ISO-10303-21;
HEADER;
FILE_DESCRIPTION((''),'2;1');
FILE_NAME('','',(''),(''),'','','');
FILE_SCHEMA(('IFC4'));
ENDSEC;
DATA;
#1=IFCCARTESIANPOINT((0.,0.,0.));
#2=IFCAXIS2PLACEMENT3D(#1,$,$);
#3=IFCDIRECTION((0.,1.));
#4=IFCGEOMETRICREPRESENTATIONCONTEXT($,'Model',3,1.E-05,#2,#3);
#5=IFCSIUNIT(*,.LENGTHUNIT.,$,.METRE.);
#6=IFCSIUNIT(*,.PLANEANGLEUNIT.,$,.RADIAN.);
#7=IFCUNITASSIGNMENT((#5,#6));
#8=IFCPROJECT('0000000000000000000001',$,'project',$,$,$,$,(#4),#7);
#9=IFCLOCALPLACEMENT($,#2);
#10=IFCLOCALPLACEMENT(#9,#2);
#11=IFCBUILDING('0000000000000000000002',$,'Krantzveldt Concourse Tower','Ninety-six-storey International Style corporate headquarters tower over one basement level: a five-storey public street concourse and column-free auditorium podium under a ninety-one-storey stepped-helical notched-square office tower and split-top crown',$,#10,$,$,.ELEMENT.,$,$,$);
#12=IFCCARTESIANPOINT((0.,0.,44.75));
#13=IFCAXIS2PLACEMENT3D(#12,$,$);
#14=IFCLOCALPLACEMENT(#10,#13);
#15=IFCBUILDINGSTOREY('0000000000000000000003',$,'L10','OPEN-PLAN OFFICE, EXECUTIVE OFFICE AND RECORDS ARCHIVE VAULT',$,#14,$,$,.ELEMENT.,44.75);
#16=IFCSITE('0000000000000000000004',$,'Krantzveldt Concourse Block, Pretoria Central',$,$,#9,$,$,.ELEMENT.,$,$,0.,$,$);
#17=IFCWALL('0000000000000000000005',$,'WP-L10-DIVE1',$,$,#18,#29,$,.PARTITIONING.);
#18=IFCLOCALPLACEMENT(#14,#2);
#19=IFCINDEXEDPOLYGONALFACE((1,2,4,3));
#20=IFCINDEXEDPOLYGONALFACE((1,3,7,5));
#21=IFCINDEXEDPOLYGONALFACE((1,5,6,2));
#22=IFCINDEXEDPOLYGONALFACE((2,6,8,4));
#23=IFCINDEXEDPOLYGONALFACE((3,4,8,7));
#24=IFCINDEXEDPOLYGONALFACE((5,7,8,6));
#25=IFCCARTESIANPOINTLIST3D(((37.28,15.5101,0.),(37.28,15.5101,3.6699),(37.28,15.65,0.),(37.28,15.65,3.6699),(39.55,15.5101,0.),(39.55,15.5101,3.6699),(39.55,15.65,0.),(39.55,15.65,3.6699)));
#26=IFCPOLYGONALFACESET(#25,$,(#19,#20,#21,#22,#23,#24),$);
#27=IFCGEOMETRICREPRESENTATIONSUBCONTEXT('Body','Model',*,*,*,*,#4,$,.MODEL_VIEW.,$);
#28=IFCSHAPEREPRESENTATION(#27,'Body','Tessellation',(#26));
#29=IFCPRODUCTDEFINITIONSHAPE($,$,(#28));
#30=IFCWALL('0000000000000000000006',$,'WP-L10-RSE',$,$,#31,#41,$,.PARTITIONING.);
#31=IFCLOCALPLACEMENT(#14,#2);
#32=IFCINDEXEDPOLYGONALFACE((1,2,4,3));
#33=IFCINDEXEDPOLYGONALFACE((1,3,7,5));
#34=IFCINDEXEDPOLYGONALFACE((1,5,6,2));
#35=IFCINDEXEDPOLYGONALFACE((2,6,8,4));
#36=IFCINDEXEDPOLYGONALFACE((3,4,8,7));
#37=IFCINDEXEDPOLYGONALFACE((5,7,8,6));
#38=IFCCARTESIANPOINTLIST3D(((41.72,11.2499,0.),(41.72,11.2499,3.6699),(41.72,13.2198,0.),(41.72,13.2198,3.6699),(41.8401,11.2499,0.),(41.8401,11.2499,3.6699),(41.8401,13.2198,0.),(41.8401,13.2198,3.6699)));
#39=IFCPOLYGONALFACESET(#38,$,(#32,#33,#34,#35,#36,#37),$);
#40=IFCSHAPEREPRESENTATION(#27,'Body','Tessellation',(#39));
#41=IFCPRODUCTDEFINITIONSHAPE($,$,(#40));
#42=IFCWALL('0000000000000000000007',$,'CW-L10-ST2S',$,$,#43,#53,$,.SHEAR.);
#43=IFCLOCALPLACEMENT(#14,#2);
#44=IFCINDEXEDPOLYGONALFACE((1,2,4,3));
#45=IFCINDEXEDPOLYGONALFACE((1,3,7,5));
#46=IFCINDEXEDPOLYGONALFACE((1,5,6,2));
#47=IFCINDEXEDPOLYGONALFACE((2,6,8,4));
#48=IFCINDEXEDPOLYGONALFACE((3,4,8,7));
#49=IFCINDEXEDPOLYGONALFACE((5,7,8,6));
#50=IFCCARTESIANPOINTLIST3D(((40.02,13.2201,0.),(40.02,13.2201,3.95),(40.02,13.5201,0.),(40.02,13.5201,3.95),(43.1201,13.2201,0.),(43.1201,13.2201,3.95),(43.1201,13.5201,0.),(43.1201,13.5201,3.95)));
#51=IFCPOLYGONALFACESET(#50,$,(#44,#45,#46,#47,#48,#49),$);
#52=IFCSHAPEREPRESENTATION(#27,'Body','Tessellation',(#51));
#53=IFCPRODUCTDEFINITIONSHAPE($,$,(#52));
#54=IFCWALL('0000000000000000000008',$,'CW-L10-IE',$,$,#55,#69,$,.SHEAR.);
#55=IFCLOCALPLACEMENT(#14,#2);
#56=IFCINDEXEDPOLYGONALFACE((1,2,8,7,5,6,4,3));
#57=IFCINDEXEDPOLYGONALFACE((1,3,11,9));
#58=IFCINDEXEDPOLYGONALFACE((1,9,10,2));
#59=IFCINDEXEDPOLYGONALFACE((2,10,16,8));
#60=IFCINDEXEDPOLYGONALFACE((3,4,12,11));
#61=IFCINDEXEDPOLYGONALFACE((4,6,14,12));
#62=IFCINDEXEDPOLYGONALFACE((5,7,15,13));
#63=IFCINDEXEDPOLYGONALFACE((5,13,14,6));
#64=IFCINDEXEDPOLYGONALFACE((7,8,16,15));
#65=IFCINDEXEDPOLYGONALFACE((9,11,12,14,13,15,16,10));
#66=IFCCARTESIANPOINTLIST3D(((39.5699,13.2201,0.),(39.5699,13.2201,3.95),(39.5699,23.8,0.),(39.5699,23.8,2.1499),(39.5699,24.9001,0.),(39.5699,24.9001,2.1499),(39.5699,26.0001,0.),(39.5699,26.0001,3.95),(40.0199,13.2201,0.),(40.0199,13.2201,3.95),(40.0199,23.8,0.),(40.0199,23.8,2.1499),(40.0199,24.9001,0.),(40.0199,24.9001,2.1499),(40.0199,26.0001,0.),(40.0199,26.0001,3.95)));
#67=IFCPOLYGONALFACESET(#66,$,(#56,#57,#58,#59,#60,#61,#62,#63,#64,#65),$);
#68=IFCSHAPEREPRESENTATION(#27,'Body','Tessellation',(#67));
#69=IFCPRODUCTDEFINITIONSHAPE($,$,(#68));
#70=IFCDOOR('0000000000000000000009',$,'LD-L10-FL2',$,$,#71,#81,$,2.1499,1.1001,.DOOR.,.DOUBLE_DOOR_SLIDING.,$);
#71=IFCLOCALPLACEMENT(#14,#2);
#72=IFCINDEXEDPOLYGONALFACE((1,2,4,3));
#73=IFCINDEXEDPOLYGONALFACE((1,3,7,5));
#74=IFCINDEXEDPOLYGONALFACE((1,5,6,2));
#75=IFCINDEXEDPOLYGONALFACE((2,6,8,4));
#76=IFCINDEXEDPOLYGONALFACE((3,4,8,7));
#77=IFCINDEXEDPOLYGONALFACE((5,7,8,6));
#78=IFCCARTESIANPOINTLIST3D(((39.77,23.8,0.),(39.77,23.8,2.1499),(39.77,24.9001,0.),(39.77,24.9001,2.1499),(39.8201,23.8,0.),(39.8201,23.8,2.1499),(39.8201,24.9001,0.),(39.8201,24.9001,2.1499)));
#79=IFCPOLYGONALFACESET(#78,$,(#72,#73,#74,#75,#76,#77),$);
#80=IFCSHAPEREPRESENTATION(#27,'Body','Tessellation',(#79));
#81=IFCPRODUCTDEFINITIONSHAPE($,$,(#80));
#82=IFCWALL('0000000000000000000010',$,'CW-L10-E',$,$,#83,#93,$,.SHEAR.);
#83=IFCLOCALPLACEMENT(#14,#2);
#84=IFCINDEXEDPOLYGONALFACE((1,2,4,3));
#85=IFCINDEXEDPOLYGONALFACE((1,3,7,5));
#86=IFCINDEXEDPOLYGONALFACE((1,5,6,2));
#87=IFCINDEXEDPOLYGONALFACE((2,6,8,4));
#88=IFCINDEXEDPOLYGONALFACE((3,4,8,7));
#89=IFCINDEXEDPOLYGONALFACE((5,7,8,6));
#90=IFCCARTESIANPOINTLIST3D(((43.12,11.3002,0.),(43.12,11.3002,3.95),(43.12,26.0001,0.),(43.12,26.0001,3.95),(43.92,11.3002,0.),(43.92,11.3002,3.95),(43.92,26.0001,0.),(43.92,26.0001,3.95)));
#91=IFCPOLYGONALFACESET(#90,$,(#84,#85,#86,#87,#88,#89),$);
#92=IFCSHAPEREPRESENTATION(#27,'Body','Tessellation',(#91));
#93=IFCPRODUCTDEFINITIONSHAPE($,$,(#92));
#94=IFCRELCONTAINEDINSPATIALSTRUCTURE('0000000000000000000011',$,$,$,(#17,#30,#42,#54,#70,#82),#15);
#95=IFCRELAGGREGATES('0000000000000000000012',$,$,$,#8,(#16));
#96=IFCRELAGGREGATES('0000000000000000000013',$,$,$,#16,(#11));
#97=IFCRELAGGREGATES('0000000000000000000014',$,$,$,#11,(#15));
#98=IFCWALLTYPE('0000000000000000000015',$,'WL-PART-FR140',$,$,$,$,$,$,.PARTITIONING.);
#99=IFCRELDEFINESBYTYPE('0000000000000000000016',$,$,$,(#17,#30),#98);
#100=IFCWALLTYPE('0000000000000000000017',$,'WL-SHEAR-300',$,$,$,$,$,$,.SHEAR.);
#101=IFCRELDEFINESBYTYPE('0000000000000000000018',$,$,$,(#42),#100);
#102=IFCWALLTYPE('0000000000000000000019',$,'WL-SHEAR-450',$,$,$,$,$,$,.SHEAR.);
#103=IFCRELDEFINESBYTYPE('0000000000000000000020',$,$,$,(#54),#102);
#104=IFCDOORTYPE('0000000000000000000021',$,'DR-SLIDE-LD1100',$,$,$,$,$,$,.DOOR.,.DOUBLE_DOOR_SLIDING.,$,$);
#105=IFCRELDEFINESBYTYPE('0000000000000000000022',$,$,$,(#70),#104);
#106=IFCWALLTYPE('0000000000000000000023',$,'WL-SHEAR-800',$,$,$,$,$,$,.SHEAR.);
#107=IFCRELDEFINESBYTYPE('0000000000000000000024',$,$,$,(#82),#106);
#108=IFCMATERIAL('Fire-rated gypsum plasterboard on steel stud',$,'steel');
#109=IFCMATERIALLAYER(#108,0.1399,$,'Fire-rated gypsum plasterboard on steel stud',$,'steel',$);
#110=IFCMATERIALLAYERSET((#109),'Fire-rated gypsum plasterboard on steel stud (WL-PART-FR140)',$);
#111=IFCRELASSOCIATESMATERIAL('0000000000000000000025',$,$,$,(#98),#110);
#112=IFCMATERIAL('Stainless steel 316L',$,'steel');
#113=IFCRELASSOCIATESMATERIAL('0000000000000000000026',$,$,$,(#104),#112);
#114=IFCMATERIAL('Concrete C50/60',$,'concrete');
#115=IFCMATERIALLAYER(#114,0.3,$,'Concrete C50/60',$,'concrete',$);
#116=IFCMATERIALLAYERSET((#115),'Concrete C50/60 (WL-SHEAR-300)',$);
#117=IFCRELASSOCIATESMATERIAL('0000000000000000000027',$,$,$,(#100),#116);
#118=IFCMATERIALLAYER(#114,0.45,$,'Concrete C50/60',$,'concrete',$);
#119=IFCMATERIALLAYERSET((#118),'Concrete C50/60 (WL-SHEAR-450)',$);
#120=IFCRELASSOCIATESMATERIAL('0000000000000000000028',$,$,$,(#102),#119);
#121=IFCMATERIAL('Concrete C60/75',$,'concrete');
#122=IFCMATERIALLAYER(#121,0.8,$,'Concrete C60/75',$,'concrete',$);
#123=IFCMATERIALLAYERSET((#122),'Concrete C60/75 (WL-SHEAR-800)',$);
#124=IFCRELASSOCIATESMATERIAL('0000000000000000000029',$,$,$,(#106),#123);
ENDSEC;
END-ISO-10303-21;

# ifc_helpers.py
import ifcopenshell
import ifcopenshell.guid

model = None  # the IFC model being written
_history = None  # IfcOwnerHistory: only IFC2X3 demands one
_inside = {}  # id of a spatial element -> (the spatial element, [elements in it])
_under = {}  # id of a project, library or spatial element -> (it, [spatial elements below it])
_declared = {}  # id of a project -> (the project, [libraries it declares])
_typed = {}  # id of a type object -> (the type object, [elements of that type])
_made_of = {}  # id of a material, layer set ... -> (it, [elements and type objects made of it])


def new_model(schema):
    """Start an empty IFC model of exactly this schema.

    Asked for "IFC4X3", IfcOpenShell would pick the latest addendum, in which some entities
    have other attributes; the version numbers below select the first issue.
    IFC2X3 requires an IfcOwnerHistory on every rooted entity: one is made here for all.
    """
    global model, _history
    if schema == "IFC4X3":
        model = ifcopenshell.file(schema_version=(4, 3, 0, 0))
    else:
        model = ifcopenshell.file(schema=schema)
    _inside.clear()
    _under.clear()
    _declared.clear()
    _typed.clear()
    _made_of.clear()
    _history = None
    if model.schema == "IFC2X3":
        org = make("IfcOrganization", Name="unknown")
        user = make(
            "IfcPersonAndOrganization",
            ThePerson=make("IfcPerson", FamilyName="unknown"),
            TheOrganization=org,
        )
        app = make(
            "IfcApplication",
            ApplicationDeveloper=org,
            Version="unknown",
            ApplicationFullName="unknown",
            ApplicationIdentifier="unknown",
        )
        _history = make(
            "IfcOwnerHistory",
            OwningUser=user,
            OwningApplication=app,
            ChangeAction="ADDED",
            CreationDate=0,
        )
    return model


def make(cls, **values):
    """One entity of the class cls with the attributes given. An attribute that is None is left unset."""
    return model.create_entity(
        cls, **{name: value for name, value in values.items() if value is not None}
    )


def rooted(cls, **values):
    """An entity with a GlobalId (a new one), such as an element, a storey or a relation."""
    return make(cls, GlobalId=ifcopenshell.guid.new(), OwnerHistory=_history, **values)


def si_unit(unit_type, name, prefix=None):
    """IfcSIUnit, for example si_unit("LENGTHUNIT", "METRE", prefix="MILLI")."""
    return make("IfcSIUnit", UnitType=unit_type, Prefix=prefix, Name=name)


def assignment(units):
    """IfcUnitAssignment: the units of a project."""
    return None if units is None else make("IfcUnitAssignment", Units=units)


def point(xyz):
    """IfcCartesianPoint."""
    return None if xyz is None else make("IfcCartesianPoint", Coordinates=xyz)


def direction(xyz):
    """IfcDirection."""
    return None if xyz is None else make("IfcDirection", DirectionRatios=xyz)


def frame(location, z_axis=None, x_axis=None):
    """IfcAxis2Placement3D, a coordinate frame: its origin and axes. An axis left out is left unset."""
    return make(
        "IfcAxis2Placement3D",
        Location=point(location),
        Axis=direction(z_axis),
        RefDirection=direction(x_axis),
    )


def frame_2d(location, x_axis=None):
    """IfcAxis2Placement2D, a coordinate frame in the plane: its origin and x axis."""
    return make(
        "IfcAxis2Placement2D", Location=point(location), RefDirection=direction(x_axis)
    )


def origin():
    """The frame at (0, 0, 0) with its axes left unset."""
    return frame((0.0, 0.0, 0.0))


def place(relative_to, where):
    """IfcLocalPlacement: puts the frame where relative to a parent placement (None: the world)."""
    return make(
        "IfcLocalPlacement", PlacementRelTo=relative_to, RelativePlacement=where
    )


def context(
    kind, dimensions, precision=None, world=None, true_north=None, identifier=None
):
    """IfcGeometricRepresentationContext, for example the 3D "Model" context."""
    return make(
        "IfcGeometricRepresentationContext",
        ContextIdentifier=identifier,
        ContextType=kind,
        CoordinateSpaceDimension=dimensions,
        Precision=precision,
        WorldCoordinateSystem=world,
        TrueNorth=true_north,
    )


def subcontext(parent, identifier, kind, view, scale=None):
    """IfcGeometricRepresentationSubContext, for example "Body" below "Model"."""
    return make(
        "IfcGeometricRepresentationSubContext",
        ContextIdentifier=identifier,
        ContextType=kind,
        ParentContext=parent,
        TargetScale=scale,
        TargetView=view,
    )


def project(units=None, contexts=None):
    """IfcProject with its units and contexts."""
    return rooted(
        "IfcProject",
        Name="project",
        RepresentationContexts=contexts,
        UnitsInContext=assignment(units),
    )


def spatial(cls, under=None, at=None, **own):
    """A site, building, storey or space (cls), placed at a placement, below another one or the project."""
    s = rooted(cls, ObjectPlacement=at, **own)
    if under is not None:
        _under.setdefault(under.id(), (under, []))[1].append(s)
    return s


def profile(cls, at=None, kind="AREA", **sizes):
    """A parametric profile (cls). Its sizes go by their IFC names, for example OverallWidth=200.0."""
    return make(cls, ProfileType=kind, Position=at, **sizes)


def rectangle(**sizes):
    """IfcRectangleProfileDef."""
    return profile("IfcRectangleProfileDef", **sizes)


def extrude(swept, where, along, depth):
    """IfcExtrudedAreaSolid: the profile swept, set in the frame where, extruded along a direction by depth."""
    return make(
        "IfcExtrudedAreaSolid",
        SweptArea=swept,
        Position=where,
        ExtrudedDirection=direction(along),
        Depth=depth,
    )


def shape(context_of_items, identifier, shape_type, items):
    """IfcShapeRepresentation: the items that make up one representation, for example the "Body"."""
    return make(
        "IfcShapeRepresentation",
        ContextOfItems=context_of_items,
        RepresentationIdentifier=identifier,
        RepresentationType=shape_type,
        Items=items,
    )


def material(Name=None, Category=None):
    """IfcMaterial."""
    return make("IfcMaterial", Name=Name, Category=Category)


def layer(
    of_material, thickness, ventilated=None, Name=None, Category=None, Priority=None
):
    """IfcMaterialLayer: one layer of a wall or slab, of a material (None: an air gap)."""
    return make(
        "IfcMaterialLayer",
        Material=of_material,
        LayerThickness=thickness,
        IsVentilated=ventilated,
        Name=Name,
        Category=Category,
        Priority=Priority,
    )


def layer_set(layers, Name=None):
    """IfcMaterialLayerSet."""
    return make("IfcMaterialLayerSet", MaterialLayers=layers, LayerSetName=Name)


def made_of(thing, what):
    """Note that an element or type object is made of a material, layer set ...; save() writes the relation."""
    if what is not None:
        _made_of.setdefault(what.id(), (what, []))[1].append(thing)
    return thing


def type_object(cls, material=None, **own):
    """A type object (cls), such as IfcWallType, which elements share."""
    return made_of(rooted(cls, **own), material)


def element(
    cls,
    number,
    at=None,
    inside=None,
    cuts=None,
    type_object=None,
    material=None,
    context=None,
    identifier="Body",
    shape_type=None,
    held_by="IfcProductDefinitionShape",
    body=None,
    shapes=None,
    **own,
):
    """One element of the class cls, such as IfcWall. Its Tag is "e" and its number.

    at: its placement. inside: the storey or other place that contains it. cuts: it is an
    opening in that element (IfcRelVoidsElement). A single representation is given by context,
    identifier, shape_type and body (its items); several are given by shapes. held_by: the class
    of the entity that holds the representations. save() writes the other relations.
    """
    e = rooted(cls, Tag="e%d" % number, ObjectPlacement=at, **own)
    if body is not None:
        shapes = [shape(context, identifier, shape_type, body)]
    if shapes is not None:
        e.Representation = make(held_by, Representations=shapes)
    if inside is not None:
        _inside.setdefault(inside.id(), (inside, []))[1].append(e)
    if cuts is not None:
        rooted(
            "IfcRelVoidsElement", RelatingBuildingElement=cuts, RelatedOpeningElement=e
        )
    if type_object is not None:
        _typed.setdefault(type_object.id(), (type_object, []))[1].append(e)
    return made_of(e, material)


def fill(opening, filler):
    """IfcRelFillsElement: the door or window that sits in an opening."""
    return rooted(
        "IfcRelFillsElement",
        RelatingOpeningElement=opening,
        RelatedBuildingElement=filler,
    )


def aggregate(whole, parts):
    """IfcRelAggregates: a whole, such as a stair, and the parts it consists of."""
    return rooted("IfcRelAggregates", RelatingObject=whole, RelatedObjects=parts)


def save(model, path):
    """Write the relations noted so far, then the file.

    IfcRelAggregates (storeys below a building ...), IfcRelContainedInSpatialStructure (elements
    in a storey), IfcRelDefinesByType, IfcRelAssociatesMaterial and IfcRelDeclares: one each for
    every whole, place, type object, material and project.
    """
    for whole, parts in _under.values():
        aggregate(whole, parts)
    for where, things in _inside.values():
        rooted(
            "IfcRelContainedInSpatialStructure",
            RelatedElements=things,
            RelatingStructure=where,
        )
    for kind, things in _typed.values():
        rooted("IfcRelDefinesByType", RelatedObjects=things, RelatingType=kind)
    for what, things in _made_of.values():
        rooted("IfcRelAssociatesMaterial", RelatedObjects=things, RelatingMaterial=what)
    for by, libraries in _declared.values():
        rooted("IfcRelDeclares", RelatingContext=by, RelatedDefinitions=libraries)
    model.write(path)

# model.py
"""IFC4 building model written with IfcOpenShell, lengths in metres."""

from ifc_helpers import new_model, si_unit, direction, frame, frame_2d, origin, place, context, subcontext, project, spatial, rectangle, extrude, material, layer, layer_set, type_object, element, fill, save


model = new_model("IFC4")

# Units and contexts
model_context = context("Model", 3, precision=1e-05, world=origin(), true_north=direction((0.0, 1.0)))
body_context = subcontext(model_context, "Body", "Model", "MODEL_VIEW")
ifc_project = project(units=[si_unit("LENGTHUNIT", "METRE"), si_unit("PLANEANGLEUNIT", "RADIAN")], contexts=[model_context])

# Site, building, storey
site_placement = place(None, origin())
site = spatial("IfcSite", under=ifc_project, at=site_placement, Name="Krantzveldt Concourse Block, Pretoria Central", CompositionType="ELEMENT", RefElevation=0.0)
building_placement = place(site_placement, origin())
building = spatial("IfcBuilding", under=site, at=building_placement, Name="Krantzveldt Concourse Tower", Description="Ninety-six-storey International Style corporate headquarters tower over one basement level: a five-storey public street concourse and column-free auditorium podium under a ninety-one-storey stepped-helical notched-square office tower and split-top crown", CompositionType="ELEMENT")
storey_placement = place(building_placement, frame((0.0, 0.0, 44.75)))
storey = spatial("IfcBuildingStorey", under=building, at=storey_placement, Name="L10", Description="OPEN-PLAN OFFICE, EXECUTIVE OFFICE AND RECORDS ARCHIVE VAULT", CompositionType="ELEMENT", Elevation=44.75)

# Shared definitions
ifc_material_1 = material(Name="Fire-rated gypsum plasterboard on steel stud", Category="steel")

# Shared definitions
ifc_layer_1 = layer(ifc_material_1, 0.1399, Name="Fire-rated gypsum plasterboard on steel stud", Category="steel")
ifc_layer_set_1 = layer_set([ifc_layer_1], Name="Fire-rated gypsum plasterboard on steel stud (WL-PART-FR140)")
wall_type_1 = type_object("IfcWallType", Name="WL-PART-FR140", PredefinedType="PARTITIONING", material=ifc_layer_set_1)
ifc_material_2 = material(Name="Stainless steel 316L", Category="steel")
door_type_1 = type_object("IfcDoorType", Name="DR-SLIDE-LD1100", OperationType="DOUBLE_DOOR_SLIDING", PredefinedType="DOOR", material=ifc_material_2)

# Walls
wall_1_placement = place(storey_placement, frame((37.28, 15.5801, 0.0), z_axis=(0.0, 0.0, 1.0), x_axis=(1.0, 0.0, 0.0)))
element("IfcWall", 1, at=wall_1_placement, inside=storey, type_object=wall_type_1, Name="WP-L10-DIVE1", PredefinedType="PARTITIONING", context=body_context, shape_type="SweptSolid", body=[
    extrude(rectangle(XDim=2.27, YDim=0.1399, at=frame_2d((1.135, 0.0))), origin(), (0.0, 0.0, 1.0), 3.6699),
])
wall_2_placement = place(storey_placement, frame((41.78, 11.25, 0.0), z_axis=(0.0, 0.0, 1.0), x_axis=(0.0, 1.0, 0.0)))
element("IfcWall", 2, at=wall_2_placement, inside=storey, type_object=wall_type_1, Name="WP-L10-RSE", PredefinedType="PARTITIONING", context=body_context, shape_type="SweptSolid", body=[
    extrude(rectangle(XDim=1.97, YDim=0.1201, at=frame_2d((0.9849, 0.0))), origin(), (0.0, 0.0, 1.0), 3.6699),
])
ifc_material_3 = material(Name="Concrete C50/60", Category="concrete")
ifc_layer_2 = layer(ifc_material_3, 0.3, Name="Concrete C50/60", Category="concrete")
ifc_layer_set_2 = layer_set([ifc_layer_2], Name="Concrete C50/60 (WL-SHEAR-300)")
wall_type_2 = type_object("IfcWallType", Name="WL-SHEAR-300", PredefinedType="SHEAR", material=ifc_layer_set_2)
wall_3_placement = place(storey_placement, frame((40.02, 13.3701, 0.0), z_axis=(0.0, 0.0, 1.0), x_axis=(1.0, 0.0, 0.0)))
element("IfcWall", 3, at=wall_3_placement, inside=storey, type_object=wall_type_2, Name="CW-L10-ST2S", PredefinedType="SHEAR", context=body_context, shape_type="SweptSolid", body=[
    extrude(rectangle(XDim=3.1001, YDim=0.3, at=frame_2d((1.55, 0.0))), origin(), (0.0, 0.0, 1.0), 3.95),
])

# Wall, opening, door
ifc_layer_3 = layer(ifc_material_3, 0.45, Name="Concrete C50/60", Category="concrete")
ifc_layer_set_3 = layer_set([ifc_layer_3], Name="Concrete C50/60 (WL-SHEAR-450)")
wall_type_3 = type_object("IfcWallType", Name="WL-SHEAR-450", PredefinedType="SHEAR", material=ifc_layer_set_3)
wall_4_placement = place(storey_placement, frame((39.7949, 13.22, 0.0), z_axis=(0.0, 0.0, 1.0), x_axis=(0.0, 1.0, 0.0)))
wall_4 = element("IfcWall", 4, at=wall_4_placement, inside=storey, type_object=wall_type_3, Name="CW-L10-IE", PredefinedType="SHEAR", context=body_context, shape_type="SweptSolid", body=[
    extrude(rectangle(XDim=12.78, YDim=0.45, at=frame_2d((6.3901, 0.0))), origin(), (0.0, 0.0, 1.0), 3.95),
])
opening_1_placement = place(wall_4_placement, frame((10.5801, 0.0, 0.0)))
opening_1 = element("IfcOpeningElement", 5, at=opening_1_placement, cuts=wall_4, PredefinedType="OPENING", context=body_context, shape_type="SweptSolid", body=[
    extrude(rectangle(XDim=1.1001, YDim=2.1499, at=frame_2d((0.55, 1.075))), frame((0.0, 0.2349, 0.0), z_axis=(0.0, -1.0, 0.0), x_axis=(1.0, 0.0, 0.0)), (0.0, 0.0, 1.0), 0.47),
])
door_1_placement = place(opening_1_placement, origin())
door_1 = element("IfcDoor", 6, at=door_1_placement, inside=storey, type_object=door_type_1, Name="LD-L10-FL2", OperationType="DOUBLE_DOOR_SLIDING", OverallHeight=2.1499, OverallWidth=1.1001, PredefinedType="DOOR", context=body_context, shape_type="SweptSolid", body=[
    extrude(rectangle(XDim=1.1001, YDim=2.1499, at=frame_2d((0.55, 1.075))), frame((0.0, 0.0249, 0.0), z_axis=(0.0, -1.0, 0.0), x_axis=(1.0, 0.0, 0.0)), (0.0, 0.0, 1.0), 0.05),
])
fill(opening_1, door_1)

# Wall
ifc_material_4 = material(Name="Concrete C60/75", Category="concrete")
ifc_layer_4 = layer(ifc_material_4, 0.8, Name="Concrete C60/75", Category="concrete")
ifc_layer_set_4 = layer_set([ifc_layer_4], Name="Concrete C60/75 (WL-SHEAR-800)")
wall_type_4 = type_object("IfcWallType", Name="WL-SHEAR-800", PredefinedType="SHEAR", material=ifc_layer_set_4)
wall_5_placement = place(storey_placement, frame((43.52, 11.3, 0.0), z_axis=(0.0, 0.0, 1.0), x_axis=(0.0, 1.0, 0.0)))
element("IfcWall", 7, at=wall_5_placement, inside=storey, type_object=wall_type_4, Name="CW-L10-E", PredefinedType="SHEAR", context=body_context, shape_type="SweptSolid", body=[
    extrude(rectangle(XDim=14.7, YDim=0.8, at=frame_2d((7.3501, 0.0))), origin(), (0.0, 0.0, 1.0), 3.95),
])

save(model, "model.ifc")
